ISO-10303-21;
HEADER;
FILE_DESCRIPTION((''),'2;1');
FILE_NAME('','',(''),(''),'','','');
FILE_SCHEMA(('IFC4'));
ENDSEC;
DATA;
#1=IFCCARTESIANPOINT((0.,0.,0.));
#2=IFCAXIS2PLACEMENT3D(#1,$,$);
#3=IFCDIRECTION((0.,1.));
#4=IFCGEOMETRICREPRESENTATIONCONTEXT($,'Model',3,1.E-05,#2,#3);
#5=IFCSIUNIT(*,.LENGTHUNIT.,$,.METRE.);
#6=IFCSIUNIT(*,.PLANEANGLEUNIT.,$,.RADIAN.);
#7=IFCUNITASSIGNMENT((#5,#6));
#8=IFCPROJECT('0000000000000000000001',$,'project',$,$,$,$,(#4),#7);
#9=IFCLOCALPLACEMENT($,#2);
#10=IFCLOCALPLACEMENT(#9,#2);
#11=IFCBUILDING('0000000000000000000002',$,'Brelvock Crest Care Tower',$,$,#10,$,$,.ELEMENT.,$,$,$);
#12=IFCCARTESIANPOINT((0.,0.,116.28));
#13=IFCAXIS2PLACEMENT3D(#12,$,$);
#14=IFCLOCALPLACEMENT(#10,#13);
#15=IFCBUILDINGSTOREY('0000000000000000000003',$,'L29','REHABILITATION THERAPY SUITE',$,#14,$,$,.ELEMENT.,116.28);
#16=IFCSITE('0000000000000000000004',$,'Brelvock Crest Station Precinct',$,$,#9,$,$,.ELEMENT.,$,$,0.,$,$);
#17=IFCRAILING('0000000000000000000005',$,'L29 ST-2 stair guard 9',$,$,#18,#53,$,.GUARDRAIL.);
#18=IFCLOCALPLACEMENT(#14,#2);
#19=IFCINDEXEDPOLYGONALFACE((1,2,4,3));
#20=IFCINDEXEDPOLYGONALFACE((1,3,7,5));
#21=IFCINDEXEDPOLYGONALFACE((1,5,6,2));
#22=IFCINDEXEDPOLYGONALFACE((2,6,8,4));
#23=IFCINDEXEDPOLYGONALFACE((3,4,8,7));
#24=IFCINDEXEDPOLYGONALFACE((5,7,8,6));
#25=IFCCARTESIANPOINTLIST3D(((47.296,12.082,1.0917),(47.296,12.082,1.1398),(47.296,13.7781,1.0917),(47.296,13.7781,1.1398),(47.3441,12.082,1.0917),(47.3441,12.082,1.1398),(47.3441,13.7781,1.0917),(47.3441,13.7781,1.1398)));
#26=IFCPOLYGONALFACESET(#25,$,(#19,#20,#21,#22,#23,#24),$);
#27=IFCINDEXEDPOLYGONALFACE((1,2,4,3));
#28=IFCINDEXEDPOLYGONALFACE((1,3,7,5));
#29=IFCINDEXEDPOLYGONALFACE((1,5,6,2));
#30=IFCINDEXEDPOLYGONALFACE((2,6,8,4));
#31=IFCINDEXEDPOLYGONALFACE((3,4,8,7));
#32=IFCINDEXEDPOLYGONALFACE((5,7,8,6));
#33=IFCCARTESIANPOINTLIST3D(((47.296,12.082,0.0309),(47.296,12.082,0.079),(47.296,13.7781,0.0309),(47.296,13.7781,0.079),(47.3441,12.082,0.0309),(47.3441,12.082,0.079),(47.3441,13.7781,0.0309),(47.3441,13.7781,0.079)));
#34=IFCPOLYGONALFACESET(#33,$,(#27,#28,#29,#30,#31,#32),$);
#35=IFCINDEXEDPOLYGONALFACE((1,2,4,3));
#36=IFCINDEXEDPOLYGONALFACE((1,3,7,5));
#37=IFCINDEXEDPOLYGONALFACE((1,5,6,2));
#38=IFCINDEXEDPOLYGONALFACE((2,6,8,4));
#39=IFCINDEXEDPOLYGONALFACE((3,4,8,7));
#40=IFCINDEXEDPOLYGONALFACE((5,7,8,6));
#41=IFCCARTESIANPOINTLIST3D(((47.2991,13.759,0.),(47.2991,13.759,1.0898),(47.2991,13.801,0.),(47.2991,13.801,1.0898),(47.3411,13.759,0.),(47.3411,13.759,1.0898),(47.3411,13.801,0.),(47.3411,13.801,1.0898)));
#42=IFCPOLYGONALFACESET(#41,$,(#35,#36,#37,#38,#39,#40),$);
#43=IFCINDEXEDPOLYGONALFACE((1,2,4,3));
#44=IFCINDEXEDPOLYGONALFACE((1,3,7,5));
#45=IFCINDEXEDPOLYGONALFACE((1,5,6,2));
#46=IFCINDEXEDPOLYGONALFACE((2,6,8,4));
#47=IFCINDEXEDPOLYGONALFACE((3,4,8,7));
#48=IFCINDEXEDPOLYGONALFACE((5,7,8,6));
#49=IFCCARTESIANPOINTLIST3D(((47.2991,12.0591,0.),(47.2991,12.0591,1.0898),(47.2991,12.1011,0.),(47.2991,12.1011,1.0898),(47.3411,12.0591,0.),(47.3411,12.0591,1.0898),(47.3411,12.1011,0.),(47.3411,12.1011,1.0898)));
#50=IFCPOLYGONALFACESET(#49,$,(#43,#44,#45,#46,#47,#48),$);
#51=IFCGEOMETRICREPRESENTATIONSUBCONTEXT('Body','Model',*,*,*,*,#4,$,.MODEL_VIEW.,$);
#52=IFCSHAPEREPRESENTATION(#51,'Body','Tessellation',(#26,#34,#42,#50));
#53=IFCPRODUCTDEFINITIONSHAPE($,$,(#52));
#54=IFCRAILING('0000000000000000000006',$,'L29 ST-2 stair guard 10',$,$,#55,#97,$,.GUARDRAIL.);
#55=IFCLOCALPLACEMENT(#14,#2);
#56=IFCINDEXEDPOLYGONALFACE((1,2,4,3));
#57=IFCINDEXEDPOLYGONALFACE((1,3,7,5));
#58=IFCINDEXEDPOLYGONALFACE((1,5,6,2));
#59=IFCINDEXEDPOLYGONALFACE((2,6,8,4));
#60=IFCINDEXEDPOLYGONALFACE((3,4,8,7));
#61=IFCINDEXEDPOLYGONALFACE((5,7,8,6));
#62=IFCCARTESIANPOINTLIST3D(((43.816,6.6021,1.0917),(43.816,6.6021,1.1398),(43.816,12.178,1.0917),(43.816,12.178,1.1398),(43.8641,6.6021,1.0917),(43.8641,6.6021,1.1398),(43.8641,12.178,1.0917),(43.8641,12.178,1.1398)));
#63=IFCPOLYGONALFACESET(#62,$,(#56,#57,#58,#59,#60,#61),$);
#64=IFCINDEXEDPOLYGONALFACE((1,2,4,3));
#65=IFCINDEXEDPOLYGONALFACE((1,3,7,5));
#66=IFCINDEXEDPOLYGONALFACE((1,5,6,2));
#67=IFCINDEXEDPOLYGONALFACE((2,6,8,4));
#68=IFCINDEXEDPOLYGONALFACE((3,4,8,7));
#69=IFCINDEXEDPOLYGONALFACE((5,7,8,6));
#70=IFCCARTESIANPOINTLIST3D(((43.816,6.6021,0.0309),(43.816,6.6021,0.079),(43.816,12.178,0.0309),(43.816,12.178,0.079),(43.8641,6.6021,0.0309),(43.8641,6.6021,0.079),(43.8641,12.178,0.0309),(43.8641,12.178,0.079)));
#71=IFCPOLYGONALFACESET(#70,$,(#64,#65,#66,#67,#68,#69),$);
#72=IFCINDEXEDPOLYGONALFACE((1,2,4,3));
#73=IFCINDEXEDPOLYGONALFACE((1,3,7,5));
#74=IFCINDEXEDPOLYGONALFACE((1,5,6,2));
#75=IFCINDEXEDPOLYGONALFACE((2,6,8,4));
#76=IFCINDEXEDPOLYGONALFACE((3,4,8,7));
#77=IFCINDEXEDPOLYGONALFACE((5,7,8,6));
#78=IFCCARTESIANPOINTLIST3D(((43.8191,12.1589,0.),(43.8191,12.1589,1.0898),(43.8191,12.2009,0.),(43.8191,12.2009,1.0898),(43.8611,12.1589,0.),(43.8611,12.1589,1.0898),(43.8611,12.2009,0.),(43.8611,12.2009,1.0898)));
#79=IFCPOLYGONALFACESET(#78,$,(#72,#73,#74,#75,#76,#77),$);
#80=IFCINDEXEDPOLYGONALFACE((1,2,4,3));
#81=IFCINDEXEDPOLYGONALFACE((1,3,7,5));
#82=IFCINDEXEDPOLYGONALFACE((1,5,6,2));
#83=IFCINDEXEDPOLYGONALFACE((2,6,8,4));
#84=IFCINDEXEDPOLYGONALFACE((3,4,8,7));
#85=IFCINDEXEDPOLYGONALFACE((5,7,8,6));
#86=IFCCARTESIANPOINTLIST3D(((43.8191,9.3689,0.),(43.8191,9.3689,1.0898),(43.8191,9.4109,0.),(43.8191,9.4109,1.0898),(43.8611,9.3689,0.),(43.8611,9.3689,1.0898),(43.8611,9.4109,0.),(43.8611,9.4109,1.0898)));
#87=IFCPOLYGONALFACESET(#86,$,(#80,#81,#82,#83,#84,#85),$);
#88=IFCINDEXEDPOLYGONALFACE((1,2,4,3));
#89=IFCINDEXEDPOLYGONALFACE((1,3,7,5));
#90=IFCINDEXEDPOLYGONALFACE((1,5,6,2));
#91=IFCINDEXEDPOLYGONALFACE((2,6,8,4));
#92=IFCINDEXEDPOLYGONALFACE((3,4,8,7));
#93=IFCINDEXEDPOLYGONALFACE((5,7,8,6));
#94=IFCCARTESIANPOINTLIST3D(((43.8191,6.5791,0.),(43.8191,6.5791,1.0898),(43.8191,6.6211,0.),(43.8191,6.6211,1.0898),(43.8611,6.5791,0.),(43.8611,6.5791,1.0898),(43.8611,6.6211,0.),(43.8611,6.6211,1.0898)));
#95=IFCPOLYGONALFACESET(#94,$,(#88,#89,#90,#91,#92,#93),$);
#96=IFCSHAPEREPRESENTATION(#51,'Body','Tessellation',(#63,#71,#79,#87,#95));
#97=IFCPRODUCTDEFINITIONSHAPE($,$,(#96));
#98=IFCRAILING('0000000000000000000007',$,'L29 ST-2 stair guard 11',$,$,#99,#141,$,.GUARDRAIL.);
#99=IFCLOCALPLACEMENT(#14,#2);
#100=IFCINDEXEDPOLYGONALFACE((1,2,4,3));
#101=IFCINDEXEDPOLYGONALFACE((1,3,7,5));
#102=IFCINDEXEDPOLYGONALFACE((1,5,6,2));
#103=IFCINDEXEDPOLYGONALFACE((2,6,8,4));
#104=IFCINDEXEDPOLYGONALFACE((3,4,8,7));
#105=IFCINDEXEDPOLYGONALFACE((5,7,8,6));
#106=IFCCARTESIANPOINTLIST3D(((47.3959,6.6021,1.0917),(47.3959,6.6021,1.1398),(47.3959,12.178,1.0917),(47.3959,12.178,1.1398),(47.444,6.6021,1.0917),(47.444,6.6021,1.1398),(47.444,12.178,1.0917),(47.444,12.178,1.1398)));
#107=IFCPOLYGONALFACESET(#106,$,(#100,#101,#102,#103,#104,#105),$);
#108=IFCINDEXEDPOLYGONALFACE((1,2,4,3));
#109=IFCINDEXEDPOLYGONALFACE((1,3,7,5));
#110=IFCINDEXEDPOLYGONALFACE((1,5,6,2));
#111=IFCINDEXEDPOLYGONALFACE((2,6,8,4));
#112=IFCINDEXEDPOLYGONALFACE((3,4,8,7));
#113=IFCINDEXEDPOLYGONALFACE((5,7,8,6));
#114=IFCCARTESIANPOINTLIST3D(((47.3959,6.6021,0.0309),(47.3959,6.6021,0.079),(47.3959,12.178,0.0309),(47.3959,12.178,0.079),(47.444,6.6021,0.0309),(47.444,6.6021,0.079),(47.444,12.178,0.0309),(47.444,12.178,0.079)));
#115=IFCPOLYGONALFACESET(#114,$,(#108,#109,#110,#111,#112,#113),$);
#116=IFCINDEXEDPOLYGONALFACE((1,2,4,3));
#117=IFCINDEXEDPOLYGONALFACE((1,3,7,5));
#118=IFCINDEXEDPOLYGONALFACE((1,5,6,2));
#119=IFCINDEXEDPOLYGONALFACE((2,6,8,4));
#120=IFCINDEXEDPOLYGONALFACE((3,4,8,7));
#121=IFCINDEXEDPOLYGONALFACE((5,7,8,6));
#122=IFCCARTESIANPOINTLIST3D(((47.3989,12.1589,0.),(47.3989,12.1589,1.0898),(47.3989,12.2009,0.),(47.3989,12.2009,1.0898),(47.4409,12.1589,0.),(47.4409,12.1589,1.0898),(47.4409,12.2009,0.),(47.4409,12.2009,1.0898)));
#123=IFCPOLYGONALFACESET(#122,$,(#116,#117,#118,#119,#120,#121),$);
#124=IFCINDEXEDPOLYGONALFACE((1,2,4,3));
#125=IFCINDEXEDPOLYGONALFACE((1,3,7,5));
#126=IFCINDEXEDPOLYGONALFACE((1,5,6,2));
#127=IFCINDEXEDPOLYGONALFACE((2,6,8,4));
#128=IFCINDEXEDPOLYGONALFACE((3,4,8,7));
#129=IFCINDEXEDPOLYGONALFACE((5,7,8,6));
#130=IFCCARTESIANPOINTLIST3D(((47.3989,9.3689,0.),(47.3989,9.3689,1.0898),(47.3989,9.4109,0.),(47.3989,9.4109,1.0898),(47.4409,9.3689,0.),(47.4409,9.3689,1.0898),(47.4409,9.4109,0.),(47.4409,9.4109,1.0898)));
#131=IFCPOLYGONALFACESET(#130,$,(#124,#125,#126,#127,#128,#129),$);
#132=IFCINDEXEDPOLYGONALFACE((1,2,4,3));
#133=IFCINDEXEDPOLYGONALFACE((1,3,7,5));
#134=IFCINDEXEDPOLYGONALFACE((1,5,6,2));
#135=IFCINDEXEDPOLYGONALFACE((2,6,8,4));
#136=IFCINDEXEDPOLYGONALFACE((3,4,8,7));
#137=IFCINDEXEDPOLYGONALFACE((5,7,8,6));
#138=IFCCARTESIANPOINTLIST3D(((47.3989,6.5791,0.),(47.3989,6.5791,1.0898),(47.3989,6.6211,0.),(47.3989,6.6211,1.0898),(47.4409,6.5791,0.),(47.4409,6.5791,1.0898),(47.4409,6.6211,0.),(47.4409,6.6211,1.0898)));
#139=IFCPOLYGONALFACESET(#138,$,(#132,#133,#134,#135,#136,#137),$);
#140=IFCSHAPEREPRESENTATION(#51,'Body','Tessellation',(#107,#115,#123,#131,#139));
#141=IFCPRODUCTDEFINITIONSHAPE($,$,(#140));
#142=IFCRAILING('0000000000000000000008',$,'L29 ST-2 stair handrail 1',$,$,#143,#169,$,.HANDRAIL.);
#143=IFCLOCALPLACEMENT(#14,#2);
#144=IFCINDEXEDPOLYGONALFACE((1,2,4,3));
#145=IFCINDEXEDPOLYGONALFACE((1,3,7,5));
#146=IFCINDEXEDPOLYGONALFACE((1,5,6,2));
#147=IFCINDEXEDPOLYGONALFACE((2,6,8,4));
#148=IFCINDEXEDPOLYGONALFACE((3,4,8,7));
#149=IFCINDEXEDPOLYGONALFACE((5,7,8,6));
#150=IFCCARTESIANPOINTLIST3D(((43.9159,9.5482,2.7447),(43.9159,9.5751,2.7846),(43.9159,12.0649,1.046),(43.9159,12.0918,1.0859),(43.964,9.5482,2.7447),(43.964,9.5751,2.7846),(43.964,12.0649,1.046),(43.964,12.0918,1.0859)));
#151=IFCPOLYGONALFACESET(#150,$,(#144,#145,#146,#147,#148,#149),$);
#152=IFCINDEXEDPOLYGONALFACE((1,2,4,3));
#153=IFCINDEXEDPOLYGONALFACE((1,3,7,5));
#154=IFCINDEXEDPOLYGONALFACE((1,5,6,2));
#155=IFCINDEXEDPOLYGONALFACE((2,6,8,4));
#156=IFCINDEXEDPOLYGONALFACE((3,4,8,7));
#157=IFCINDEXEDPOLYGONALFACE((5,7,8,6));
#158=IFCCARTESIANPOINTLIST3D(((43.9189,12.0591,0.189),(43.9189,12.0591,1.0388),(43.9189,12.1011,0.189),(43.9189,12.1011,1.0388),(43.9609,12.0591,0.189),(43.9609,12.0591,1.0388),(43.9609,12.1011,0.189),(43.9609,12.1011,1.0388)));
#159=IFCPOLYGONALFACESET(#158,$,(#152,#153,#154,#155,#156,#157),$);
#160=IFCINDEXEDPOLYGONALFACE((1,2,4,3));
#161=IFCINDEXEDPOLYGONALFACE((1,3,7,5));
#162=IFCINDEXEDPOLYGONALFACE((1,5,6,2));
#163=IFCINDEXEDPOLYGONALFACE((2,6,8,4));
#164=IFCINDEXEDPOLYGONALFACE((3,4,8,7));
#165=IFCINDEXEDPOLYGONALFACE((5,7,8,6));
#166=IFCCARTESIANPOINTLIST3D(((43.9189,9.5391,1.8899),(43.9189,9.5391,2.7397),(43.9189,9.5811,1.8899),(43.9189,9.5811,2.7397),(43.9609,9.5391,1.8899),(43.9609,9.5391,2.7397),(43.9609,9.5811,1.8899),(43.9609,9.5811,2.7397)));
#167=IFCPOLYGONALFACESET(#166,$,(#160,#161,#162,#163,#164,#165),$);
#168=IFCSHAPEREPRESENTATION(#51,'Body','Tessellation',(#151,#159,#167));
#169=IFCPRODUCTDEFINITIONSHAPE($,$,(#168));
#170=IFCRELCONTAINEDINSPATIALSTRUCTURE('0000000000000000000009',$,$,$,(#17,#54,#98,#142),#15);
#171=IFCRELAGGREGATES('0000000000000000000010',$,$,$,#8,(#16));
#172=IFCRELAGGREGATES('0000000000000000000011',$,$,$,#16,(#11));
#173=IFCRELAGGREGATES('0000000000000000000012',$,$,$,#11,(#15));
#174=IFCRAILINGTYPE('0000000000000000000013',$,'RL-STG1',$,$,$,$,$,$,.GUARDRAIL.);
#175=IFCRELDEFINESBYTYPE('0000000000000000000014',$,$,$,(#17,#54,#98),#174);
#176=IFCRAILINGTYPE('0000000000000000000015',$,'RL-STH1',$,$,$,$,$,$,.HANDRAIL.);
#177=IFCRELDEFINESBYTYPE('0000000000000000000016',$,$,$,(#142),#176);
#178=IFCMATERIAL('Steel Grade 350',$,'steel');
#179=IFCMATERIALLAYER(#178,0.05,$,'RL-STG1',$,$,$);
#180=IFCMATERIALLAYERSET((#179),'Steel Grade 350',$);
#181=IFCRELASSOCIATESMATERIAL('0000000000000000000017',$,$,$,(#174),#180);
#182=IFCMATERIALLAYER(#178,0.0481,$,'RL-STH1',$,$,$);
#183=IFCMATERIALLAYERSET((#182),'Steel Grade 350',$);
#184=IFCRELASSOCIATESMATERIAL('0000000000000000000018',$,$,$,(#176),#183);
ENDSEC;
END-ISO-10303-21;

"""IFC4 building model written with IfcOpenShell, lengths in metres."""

from ifc_helpers import new_model, si_unit, direction, frame, origin, origin_2d, place, context, subcontext, project, spatial, rectangle, extrude, material, layer, layer_set, type_object, element, save


model = new_model("IFC4")

# Units and contexts
model_context = context("Model", 3, precision=1e-05, world=origin(), true_north=direction((0.0, 1.0)))
body_context = subcontext(model_context, "Body", "Model", "MODEL_VIEW")
ifc_project = project(units=[si_unit("LENGTHUNIT", "METRE"), si_unit("PLANEANGLEUNIT", "RADIAN")], contexts=[model_context])

# Site, building, storey
site_placement = place(None, origin())
site = spatial("IfcSite", under=ifc_project, at=site_placement, Name="Brelvock Crest Station Precinct", CompositionType="ELEMENT", RefElevation=0.0)
building_placement = place(site_placement, origin())
building = spatial("IfcBuilding", under=site, at=building_placement, Name="Brelvock Crest Care Tower", CompositionType="ELEMENT")
storey_placement = place(building_placement, frame((0.0, 0.0, 116.28)))
storey = spatial("IfcBuildingStorey", under=building, at=storey_placement, Name="L29", Description="REHABILITATION THERAPY SUITE", CompositionType="ELEMENT", Elevation=116.28)

# Shared definitions
ifc_material_1 = material(Name="Steel Grade 350", Category="steel")

# Railings
ifc_layer_1 = layer(ifc_material_1, 0.05, Name="RL-STG1")
ifc_layer_set_1 = layer_set([ifc_layer_1], Name="Steel Grade 350")
railing_type_1 = type_object("IfcRailingType", Name="RL-STG1", PredefinedType="GUARDRAIL", material=ifc_layer_set_1)
for number, where, name in (
    (1, (47.3201, 13.78, 0.0), "L29 ST-2 stair guard 9"),
):
    element("IfcRailing", number, at=place(storey_placement, frame(where)), inside=storey, type_object=railing_type_1, Name=name, PredefinedType="GUARDRAIL", context=body_context, shape_type="SweptSolid", body=[
        extrude(rectangle(XDim=0.0481, YDim=0.0481, at=origin_2d()), frame((0.0, -0.002, 1.1157), z_axis=(0.0, -1.0, 0.0), x_axis=(1.0, 0.0, 0.0)), (0.0, 0.0, 1.0), 1.696),
        extrude(rectangle(XDim=0.0481, YDim=0.0481, at=origin_2d()), frame((0.0, -0.002, 0.0549), z_axis=(0.0, -1.0, 0.0), x_axis=(1.0, 0.0, 0.0)), (0.0, 0.0, 1.0), 1.696),
        extrude(rectangle(XDim=0.042, YDim=0.042, at=origin_2d()), origin(), (0.0, 0.0, 1.0), 1.0898),
        extrude(rectangle(XDim=0.042, YDim=0.042, at=origin_2d()), frame((0.0, -1.7, 0.0)), (0.0, 0.0, 1.0), 1.0898),
    ])
for number, where, name in (
    (2, (43.8401, 12.1799, 0.0), "L29 ST-2 stair guard 10"),
    (3, (47.4199, 12.1799, 0.0), "L29 ST-2 stair guard 11"),
):
    element("IfcRailing", number, at=place(storey_placement, frame(where)), inside=storey, type_object=railing_type_1, Name=name, PredefinedType="GUARDRAIL", context=body_context, shape_type="SweptSolid", body=[
        extrude(rectangle(XDim=0.0481, YDim=0.0481, at=origin_2d()), frame((0.0, -0.002, 1.1157), z_axis=(0.0, -1.0, 0.0), x_axis=(1.0, 0.0, 0.0)), (0.0, 0.0, 1.0), 5.5759),
        extrude(rectangle(XDim=0.0481, YDim=0.0481, at=origin_2d()), frame((0.0, -0.002, 0.0549), z_axis=(0.0, -1.0, 0.0), x_axis=(1.0, 0.0, 0.0)), (0.0, 0.0, 1.0), 5.5759),
        extrude(rectangle(XDim=0.042, YDim=0.042, at=origin_2d()), origin(), (0.0, 0.0, 1.0), 1.0898),
        extrude(rectangle(XDim=0.042, YDim=0.042, at=origin_2d()), frame((0.0, -2.79, 0.0)), (0.0, 0.0, 1.0), 1.0898),
        extrude(rectangle(XDim=0.042, YDim=0.042, at=origin_2d()), frame((0.0, -5.5798, 0.0)), (0.0, 0.0, 1.0), 1.0898),
    ])
ifc_layer_2 = layer(ifc_material_1, 0.0481, Name="RL-STH1")
ifc_layer_set_2 = layer_set([ifc_layer_2], Name="Steel Grade 350")
railing_type_2 = type_object("IfcRailingType", Name="RL-STH1", PredefinedType="HANDRAIL", material=ifc_layer_set_2)
railing_1_placement = place(storey_placement, frame((43.9399, 12.0801, 0.189)))
element("IfcRailing", 4, at=railing_1_placement, inside=storey, type_object=railing_type_2, Name="L29 ST-2 stair handrail 1", PredefinedType="HANDRAIL", context=body_context, shape_type="SweptSolid", body=[
    extrude(rectangle(XDim=0.0481, YDim=0.0481, at=origin_2d()), frame((0.0, -0.0017, 0.877), z_axis=(0.0, -0.828862, 0.559454), x_axis=(1.0, 0.0, 0.0)), (0.0, 0.0, 1.0), 3.0364),
    extrude(rectangle(XDim=0.042, YDim=0.042, at=origin_2d()), origin(), (0.0, 0.0, 1.0), 0.8499),
    extrude(rectangle(XDim=0.042, YDim=0.042, at=origin_2d()), frame((0.0, -2.52, 1.7009)), (0.0, 0.0, 1.0), 0.8499),
])

save(model, "model.ifc")
